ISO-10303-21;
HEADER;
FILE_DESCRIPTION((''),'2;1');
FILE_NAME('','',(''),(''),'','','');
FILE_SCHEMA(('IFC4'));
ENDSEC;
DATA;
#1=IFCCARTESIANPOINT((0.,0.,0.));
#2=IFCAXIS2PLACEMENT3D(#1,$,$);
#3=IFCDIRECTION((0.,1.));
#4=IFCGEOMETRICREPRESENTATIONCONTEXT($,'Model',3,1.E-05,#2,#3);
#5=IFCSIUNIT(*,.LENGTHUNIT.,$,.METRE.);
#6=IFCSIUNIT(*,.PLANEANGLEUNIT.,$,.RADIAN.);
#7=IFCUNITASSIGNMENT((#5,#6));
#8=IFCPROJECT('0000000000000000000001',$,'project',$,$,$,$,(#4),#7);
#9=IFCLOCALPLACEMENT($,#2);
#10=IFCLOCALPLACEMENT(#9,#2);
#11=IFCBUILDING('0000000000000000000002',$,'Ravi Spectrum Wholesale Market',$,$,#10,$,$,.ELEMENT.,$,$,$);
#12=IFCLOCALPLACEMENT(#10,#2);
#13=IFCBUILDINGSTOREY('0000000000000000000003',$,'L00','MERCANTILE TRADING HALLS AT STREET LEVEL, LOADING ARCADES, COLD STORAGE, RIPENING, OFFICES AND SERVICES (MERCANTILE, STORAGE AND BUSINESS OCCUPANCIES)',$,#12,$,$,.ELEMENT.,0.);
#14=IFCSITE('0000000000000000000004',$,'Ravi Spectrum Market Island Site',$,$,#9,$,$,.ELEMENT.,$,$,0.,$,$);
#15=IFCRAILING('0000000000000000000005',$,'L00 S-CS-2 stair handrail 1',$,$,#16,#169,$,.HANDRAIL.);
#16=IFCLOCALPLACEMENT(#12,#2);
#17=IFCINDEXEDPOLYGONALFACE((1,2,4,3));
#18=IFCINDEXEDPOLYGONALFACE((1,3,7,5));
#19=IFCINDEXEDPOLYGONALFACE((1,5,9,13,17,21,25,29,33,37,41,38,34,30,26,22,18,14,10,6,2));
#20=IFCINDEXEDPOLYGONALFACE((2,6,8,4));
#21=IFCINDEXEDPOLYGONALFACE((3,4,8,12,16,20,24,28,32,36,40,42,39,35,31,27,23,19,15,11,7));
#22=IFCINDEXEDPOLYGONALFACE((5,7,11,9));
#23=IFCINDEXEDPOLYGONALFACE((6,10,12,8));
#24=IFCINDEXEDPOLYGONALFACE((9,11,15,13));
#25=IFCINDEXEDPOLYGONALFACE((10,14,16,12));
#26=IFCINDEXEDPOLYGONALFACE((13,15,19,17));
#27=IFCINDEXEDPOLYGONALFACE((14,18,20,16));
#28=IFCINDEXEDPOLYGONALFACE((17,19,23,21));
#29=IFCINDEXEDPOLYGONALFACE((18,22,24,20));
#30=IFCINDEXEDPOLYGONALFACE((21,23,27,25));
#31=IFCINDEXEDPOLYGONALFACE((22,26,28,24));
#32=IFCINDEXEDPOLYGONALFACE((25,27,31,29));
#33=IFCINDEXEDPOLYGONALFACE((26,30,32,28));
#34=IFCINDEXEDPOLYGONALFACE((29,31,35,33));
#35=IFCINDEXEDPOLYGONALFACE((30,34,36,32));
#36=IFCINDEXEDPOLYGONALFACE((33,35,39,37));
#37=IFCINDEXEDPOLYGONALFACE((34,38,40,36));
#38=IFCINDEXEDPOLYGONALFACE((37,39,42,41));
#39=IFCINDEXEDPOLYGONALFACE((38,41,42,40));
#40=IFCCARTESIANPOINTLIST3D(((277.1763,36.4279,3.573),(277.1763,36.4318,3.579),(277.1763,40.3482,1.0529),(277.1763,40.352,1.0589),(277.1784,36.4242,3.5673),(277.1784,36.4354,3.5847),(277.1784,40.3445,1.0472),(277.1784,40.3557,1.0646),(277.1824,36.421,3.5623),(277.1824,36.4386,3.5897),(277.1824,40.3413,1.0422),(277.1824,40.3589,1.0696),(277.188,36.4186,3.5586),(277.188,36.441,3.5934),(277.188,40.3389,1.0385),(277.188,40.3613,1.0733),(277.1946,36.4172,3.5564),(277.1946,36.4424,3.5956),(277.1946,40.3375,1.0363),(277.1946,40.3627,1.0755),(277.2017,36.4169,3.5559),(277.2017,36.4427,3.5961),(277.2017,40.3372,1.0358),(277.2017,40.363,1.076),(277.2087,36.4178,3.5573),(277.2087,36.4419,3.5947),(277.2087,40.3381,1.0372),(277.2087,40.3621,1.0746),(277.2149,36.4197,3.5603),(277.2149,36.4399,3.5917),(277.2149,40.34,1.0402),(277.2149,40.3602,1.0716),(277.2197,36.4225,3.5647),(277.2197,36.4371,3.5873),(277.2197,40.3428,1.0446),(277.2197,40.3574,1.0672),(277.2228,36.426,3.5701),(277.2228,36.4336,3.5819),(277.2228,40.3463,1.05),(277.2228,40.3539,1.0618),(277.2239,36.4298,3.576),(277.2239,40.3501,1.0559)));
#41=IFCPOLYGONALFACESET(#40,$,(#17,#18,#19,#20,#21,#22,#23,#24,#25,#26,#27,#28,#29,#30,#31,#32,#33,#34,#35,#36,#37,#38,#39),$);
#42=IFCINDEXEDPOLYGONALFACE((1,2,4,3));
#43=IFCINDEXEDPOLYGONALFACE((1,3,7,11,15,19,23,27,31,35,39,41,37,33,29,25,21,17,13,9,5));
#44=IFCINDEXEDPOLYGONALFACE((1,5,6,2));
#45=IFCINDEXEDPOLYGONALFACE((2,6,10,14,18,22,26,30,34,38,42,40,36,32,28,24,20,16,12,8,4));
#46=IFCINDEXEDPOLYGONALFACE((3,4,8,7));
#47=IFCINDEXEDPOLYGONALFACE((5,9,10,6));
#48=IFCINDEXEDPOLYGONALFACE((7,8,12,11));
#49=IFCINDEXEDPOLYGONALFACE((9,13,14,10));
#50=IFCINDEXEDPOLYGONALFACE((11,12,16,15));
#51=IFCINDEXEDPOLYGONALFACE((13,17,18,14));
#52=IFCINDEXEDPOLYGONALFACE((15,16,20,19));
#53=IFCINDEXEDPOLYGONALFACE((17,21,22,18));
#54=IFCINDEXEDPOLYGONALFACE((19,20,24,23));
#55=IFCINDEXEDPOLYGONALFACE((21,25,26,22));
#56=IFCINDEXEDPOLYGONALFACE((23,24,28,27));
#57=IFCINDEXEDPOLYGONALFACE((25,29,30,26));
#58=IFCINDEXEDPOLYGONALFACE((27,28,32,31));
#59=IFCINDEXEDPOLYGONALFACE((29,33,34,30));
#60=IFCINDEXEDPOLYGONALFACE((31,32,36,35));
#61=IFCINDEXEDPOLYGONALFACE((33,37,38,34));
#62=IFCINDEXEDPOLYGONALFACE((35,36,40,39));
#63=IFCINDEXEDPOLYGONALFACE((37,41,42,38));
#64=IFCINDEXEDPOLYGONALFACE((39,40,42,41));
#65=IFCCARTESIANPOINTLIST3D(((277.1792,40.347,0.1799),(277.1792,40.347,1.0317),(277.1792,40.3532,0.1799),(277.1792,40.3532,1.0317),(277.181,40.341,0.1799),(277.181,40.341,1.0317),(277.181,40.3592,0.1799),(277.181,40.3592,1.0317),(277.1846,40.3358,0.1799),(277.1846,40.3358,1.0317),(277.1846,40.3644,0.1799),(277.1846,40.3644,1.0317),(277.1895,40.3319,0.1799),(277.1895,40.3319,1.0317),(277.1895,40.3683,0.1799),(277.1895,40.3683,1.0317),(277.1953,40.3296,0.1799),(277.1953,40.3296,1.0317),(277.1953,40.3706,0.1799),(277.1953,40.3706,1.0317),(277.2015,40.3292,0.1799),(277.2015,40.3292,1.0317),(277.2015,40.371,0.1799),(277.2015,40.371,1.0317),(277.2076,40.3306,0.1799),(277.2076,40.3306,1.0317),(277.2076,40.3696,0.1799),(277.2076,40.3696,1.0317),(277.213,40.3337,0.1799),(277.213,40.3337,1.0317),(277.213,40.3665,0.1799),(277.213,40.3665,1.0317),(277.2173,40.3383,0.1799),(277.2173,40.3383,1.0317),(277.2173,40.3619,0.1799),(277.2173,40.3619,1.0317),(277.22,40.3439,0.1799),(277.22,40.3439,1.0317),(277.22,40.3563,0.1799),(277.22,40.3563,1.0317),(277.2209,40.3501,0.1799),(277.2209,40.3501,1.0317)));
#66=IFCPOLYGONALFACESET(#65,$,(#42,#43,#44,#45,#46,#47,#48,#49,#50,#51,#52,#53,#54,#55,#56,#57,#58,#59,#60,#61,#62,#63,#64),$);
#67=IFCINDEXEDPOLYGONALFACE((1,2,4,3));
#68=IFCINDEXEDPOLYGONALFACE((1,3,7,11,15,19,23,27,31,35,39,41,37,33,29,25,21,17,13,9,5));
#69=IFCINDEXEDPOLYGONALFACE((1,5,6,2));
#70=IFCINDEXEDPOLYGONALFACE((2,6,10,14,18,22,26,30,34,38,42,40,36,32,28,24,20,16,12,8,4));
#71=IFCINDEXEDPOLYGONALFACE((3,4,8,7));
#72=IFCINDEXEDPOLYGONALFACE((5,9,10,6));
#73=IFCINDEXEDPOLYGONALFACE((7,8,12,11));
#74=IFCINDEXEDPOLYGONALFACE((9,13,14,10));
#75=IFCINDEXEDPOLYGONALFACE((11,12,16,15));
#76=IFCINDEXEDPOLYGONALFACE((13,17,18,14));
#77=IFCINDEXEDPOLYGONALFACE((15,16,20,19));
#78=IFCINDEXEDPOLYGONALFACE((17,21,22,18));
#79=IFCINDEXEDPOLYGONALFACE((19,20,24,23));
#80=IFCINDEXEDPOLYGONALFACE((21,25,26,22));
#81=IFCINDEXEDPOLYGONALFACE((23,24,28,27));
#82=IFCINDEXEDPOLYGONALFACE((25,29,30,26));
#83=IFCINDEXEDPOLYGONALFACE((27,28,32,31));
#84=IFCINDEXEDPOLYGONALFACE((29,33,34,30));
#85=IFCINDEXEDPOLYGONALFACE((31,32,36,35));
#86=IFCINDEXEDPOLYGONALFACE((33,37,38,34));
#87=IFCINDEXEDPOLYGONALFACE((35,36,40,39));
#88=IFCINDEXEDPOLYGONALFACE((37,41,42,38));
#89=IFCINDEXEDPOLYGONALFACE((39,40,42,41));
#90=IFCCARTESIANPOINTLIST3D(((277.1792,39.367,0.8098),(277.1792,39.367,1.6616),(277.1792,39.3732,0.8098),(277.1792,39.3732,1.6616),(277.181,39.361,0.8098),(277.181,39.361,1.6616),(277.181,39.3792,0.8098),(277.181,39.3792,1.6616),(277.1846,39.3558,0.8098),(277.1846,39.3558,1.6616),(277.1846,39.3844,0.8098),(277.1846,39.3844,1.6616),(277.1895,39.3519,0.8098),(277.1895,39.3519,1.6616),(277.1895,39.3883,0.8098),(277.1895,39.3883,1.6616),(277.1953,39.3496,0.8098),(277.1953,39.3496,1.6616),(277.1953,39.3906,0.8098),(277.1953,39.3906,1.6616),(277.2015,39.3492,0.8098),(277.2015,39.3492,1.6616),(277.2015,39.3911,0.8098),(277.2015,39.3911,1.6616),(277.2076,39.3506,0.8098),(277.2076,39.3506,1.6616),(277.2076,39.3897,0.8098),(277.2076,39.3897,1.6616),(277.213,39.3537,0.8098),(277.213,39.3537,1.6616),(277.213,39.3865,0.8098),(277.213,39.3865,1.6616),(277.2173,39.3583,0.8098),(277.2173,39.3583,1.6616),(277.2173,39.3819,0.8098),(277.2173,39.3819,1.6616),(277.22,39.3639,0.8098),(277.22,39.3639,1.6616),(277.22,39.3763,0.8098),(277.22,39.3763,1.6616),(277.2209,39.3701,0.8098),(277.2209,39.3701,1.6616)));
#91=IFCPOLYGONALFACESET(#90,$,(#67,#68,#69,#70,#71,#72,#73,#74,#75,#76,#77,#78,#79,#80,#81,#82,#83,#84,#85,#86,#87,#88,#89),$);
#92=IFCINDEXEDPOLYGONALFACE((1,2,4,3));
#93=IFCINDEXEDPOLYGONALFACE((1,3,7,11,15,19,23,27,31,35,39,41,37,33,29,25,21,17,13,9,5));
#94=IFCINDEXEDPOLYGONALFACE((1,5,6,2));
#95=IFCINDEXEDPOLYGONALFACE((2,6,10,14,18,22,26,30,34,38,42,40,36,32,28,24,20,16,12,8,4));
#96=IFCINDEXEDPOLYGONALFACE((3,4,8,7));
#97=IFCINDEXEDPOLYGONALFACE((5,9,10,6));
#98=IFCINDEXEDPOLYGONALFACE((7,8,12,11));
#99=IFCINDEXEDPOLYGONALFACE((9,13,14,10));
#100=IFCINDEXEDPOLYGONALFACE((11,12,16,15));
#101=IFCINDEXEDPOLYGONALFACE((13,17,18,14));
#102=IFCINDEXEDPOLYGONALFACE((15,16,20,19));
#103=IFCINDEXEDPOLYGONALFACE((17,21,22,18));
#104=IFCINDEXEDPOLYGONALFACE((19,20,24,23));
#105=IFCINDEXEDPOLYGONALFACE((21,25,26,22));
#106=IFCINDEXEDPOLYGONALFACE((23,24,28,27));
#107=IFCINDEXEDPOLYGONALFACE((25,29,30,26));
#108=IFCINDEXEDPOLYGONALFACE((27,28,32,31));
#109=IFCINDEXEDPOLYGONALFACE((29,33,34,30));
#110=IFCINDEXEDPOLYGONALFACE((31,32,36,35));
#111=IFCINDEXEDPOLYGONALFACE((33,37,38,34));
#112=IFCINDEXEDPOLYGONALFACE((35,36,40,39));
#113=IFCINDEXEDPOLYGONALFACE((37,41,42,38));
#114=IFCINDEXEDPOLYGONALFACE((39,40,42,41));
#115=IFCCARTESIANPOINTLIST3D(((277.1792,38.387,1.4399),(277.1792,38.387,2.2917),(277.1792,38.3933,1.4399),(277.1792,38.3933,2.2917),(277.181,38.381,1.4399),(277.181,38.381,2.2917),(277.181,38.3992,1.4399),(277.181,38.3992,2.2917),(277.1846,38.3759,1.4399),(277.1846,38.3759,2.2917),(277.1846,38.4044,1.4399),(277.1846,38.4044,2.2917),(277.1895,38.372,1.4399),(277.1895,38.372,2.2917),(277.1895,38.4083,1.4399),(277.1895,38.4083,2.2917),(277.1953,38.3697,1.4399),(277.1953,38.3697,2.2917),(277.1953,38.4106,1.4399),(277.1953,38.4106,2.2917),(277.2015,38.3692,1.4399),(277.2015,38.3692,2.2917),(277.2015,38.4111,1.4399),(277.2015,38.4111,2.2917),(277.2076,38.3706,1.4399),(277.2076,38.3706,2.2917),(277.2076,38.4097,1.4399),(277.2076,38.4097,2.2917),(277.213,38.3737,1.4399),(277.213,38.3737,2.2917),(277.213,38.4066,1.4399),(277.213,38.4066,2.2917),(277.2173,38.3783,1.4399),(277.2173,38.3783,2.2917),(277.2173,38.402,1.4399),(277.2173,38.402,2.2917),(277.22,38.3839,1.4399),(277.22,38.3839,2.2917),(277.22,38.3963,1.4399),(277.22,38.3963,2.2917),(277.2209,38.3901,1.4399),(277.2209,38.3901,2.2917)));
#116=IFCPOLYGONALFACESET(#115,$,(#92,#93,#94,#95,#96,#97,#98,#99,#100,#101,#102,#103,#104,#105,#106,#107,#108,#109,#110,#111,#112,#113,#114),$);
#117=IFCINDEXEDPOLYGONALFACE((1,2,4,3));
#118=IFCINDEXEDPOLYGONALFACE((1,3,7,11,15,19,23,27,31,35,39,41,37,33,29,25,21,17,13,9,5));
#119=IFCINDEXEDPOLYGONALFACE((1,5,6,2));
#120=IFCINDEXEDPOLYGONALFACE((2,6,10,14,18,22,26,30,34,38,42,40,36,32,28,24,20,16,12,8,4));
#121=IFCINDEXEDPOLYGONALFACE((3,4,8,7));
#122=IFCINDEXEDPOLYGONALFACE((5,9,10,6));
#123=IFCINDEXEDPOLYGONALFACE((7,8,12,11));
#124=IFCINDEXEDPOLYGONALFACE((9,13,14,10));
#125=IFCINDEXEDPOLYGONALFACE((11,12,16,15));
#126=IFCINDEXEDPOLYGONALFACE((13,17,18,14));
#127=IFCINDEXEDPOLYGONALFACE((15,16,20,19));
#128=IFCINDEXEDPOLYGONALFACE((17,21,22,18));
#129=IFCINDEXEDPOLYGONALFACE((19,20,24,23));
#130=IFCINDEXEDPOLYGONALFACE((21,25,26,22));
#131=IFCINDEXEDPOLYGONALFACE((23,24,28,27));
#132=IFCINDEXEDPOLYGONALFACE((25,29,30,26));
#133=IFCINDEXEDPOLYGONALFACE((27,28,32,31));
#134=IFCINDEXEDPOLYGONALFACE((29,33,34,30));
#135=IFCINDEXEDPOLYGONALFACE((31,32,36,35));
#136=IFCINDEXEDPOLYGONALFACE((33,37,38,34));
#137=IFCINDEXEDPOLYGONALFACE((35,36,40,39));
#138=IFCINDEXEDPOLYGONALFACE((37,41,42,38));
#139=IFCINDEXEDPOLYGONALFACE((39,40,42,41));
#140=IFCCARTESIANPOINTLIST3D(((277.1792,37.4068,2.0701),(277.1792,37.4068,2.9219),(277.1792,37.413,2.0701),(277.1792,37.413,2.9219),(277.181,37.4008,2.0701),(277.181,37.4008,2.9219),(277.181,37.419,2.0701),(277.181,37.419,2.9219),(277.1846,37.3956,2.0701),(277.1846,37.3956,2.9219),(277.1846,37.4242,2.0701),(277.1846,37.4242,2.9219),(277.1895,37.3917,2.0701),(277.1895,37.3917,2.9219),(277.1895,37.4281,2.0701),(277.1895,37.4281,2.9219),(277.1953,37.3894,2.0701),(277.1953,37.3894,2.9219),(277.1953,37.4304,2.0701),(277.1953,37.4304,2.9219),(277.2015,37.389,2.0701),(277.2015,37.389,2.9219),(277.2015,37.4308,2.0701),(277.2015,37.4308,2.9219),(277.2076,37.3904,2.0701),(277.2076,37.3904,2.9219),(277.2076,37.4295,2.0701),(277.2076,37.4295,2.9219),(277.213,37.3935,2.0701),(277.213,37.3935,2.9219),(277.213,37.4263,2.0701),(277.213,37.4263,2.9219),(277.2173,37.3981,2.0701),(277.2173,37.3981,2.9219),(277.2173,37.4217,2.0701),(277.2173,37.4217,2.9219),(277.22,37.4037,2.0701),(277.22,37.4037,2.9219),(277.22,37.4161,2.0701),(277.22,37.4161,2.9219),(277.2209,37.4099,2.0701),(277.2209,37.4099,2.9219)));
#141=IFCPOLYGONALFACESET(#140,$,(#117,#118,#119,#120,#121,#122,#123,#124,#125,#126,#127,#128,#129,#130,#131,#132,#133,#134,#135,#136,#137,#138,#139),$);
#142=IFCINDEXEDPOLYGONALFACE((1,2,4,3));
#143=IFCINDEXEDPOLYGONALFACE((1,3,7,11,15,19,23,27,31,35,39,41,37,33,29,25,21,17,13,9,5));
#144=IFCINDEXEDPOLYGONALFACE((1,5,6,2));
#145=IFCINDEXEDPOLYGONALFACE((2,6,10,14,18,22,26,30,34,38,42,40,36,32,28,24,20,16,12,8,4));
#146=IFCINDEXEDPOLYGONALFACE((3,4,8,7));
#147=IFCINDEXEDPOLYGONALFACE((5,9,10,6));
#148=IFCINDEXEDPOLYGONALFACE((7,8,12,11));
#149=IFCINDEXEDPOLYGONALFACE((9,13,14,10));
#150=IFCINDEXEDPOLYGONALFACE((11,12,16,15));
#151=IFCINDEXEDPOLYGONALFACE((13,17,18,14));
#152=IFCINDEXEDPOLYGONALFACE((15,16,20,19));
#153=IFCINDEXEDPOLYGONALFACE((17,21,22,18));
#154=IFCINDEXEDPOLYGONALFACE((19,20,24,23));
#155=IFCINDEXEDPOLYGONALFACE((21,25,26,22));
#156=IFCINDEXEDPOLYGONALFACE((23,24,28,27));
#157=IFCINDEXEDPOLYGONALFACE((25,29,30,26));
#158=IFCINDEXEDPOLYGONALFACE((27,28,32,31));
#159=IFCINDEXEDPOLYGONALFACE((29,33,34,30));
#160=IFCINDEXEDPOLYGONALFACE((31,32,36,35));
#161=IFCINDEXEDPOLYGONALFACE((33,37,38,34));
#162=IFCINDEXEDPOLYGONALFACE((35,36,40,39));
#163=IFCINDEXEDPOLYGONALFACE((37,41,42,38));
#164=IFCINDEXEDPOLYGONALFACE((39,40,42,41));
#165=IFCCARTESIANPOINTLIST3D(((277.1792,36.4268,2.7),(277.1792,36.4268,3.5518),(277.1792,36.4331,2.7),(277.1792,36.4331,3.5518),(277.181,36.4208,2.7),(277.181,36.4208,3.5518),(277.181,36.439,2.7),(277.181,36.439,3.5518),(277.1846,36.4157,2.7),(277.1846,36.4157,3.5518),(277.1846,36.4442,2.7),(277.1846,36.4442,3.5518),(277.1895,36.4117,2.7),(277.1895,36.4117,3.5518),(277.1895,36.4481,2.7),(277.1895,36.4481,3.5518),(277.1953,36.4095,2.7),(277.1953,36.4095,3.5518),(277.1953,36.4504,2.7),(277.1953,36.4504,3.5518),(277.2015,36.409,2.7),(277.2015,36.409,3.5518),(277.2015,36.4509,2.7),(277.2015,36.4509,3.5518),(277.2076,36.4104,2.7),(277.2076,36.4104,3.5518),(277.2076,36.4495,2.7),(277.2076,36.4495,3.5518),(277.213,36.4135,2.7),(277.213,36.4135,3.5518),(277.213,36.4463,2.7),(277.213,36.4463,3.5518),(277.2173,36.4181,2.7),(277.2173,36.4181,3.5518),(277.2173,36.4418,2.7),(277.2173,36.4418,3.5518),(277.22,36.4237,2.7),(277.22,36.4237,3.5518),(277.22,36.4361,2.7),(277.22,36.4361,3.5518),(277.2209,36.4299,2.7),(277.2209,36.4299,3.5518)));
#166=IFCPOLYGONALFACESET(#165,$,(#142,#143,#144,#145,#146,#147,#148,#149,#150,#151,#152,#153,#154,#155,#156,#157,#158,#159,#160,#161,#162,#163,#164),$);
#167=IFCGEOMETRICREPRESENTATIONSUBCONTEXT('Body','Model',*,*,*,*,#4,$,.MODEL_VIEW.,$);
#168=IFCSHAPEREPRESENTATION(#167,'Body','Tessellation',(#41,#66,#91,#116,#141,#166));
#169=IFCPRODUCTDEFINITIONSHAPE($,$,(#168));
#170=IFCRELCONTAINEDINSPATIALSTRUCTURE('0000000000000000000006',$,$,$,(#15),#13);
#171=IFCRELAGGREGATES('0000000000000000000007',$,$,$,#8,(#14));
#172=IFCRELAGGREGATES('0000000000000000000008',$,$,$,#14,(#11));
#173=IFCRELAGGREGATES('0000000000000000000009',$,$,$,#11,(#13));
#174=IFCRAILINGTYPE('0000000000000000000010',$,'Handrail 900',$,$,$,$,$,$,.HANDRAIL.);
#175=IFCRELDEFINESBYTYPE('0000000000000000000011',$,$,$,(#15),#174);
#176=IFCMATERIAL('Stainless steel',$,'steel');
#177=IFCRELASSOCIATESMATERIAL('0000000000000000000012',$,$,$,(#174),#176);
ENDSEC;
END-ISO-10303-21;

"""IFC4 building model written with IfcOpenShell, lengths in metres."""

from ifc_helpers import new_model, si_unit, direction, frame, origin, origin_2d, place, context, subcontext, project, spatial, circle, extrude, material, type_object, element, save


model = new_model("IFC4")

# Units and contexts
model_context = context("Model", 3, precision=1e-05, world=origin(), true_north=direction((0.0, 1.0)))
body_context = subcontext(model_context, "Body", "Model", "MODEL_VIEW")
ifc_project = project(units=[si_unit("LENGTHUNIT", "METRE"), si_unit("PLANEANGLEUNIT", "RADIAN")], contexts=[model_context])

# Site, building, storey
site_placement = place(None, origin())
site = spatial("IfcSite", under=ifc_project, at=site_placement, Name="Ravi Spectrum Market Island Site", CompositionType="ELEMENT", RefElevation=0.0)
building_placement = place(site_placement, origin())
building = spatial("IfcBuilding", under=site, at=building_placement, Name="Ravi Spectrum Wholesale Market", CompositionType="ELEMENT")
storey_placement = place(building_placement, origin())
storey = spatial("IfcBuildingStorey", under=building, at=storey_placement, Name="L00", Description="MERCANTILE TRADING HALLS AT STREET LEVEL, LOADING ARCADES, COLD STORAGE, RIPENING, OFFICES AND SERVICES (MERCANTILE, STORAGE AND BUSINESS OCCUPANCIES)", CompositionType="ELEMENT", Elevation=0.0)

# Railing
ifc_material_1 = material(Name="Stainless steel", Category="steel")
railing_type_1 = type_object("IfcRailingType", Name="Handrail 900", PredefinedType="HANDRAIL", material=ifc_material_1)
railing_1_placement = place(storey_placement, frame((277.2, 40.3501, 0.1799)))
element("IfcRailing", 1, at=railing_1_placement, inside=storey, type_object=railing_type_1, Name="L00 S-CS-2 stair handrail 1", PredefinedType="HANDRAIL", context=body_context, shape_type="SweptSolid", body=[
    extrude(circle(Radius=0.0239, at=origin_2d()), frame((0.0, 0.0, 0.876), z_axis=(0.0, -0.841187, 0.540744), x_axis=(1.0, 0.0, 0.0)), (0.0, 0.0, 1.0), 4.6604),
    extrude(circle(Radius=0.021, at=origin_2d()), origin(), (0.0, 0.0, 1.0), 0.8518),
    extrude(circle(Radius=0.021, at=origin_2d()), frame((0.0, -0.98, 0.6299)), (0.0, 0.0, 1.0), 0.8518),
    extrude(circle(Radius=0.021, at=origin_2d()), frame((0.0, -1.96, 1.26)), (0.0, 0.0, 1.0), 0.8518),
    extrude(circle(Radius=0.021, at=origin_2d()), frame((0.0, -2.9402, 1.8901)), (0.0, 0.0, 1.0), 0.8518),
    extrude(circle(Radius=0.021, at=origin_2d()), frame((0.0, -3.9202, 2.52)), (0.0, 0.0, 1.0), 0.8518),
])

save(model, "model.ifc")
